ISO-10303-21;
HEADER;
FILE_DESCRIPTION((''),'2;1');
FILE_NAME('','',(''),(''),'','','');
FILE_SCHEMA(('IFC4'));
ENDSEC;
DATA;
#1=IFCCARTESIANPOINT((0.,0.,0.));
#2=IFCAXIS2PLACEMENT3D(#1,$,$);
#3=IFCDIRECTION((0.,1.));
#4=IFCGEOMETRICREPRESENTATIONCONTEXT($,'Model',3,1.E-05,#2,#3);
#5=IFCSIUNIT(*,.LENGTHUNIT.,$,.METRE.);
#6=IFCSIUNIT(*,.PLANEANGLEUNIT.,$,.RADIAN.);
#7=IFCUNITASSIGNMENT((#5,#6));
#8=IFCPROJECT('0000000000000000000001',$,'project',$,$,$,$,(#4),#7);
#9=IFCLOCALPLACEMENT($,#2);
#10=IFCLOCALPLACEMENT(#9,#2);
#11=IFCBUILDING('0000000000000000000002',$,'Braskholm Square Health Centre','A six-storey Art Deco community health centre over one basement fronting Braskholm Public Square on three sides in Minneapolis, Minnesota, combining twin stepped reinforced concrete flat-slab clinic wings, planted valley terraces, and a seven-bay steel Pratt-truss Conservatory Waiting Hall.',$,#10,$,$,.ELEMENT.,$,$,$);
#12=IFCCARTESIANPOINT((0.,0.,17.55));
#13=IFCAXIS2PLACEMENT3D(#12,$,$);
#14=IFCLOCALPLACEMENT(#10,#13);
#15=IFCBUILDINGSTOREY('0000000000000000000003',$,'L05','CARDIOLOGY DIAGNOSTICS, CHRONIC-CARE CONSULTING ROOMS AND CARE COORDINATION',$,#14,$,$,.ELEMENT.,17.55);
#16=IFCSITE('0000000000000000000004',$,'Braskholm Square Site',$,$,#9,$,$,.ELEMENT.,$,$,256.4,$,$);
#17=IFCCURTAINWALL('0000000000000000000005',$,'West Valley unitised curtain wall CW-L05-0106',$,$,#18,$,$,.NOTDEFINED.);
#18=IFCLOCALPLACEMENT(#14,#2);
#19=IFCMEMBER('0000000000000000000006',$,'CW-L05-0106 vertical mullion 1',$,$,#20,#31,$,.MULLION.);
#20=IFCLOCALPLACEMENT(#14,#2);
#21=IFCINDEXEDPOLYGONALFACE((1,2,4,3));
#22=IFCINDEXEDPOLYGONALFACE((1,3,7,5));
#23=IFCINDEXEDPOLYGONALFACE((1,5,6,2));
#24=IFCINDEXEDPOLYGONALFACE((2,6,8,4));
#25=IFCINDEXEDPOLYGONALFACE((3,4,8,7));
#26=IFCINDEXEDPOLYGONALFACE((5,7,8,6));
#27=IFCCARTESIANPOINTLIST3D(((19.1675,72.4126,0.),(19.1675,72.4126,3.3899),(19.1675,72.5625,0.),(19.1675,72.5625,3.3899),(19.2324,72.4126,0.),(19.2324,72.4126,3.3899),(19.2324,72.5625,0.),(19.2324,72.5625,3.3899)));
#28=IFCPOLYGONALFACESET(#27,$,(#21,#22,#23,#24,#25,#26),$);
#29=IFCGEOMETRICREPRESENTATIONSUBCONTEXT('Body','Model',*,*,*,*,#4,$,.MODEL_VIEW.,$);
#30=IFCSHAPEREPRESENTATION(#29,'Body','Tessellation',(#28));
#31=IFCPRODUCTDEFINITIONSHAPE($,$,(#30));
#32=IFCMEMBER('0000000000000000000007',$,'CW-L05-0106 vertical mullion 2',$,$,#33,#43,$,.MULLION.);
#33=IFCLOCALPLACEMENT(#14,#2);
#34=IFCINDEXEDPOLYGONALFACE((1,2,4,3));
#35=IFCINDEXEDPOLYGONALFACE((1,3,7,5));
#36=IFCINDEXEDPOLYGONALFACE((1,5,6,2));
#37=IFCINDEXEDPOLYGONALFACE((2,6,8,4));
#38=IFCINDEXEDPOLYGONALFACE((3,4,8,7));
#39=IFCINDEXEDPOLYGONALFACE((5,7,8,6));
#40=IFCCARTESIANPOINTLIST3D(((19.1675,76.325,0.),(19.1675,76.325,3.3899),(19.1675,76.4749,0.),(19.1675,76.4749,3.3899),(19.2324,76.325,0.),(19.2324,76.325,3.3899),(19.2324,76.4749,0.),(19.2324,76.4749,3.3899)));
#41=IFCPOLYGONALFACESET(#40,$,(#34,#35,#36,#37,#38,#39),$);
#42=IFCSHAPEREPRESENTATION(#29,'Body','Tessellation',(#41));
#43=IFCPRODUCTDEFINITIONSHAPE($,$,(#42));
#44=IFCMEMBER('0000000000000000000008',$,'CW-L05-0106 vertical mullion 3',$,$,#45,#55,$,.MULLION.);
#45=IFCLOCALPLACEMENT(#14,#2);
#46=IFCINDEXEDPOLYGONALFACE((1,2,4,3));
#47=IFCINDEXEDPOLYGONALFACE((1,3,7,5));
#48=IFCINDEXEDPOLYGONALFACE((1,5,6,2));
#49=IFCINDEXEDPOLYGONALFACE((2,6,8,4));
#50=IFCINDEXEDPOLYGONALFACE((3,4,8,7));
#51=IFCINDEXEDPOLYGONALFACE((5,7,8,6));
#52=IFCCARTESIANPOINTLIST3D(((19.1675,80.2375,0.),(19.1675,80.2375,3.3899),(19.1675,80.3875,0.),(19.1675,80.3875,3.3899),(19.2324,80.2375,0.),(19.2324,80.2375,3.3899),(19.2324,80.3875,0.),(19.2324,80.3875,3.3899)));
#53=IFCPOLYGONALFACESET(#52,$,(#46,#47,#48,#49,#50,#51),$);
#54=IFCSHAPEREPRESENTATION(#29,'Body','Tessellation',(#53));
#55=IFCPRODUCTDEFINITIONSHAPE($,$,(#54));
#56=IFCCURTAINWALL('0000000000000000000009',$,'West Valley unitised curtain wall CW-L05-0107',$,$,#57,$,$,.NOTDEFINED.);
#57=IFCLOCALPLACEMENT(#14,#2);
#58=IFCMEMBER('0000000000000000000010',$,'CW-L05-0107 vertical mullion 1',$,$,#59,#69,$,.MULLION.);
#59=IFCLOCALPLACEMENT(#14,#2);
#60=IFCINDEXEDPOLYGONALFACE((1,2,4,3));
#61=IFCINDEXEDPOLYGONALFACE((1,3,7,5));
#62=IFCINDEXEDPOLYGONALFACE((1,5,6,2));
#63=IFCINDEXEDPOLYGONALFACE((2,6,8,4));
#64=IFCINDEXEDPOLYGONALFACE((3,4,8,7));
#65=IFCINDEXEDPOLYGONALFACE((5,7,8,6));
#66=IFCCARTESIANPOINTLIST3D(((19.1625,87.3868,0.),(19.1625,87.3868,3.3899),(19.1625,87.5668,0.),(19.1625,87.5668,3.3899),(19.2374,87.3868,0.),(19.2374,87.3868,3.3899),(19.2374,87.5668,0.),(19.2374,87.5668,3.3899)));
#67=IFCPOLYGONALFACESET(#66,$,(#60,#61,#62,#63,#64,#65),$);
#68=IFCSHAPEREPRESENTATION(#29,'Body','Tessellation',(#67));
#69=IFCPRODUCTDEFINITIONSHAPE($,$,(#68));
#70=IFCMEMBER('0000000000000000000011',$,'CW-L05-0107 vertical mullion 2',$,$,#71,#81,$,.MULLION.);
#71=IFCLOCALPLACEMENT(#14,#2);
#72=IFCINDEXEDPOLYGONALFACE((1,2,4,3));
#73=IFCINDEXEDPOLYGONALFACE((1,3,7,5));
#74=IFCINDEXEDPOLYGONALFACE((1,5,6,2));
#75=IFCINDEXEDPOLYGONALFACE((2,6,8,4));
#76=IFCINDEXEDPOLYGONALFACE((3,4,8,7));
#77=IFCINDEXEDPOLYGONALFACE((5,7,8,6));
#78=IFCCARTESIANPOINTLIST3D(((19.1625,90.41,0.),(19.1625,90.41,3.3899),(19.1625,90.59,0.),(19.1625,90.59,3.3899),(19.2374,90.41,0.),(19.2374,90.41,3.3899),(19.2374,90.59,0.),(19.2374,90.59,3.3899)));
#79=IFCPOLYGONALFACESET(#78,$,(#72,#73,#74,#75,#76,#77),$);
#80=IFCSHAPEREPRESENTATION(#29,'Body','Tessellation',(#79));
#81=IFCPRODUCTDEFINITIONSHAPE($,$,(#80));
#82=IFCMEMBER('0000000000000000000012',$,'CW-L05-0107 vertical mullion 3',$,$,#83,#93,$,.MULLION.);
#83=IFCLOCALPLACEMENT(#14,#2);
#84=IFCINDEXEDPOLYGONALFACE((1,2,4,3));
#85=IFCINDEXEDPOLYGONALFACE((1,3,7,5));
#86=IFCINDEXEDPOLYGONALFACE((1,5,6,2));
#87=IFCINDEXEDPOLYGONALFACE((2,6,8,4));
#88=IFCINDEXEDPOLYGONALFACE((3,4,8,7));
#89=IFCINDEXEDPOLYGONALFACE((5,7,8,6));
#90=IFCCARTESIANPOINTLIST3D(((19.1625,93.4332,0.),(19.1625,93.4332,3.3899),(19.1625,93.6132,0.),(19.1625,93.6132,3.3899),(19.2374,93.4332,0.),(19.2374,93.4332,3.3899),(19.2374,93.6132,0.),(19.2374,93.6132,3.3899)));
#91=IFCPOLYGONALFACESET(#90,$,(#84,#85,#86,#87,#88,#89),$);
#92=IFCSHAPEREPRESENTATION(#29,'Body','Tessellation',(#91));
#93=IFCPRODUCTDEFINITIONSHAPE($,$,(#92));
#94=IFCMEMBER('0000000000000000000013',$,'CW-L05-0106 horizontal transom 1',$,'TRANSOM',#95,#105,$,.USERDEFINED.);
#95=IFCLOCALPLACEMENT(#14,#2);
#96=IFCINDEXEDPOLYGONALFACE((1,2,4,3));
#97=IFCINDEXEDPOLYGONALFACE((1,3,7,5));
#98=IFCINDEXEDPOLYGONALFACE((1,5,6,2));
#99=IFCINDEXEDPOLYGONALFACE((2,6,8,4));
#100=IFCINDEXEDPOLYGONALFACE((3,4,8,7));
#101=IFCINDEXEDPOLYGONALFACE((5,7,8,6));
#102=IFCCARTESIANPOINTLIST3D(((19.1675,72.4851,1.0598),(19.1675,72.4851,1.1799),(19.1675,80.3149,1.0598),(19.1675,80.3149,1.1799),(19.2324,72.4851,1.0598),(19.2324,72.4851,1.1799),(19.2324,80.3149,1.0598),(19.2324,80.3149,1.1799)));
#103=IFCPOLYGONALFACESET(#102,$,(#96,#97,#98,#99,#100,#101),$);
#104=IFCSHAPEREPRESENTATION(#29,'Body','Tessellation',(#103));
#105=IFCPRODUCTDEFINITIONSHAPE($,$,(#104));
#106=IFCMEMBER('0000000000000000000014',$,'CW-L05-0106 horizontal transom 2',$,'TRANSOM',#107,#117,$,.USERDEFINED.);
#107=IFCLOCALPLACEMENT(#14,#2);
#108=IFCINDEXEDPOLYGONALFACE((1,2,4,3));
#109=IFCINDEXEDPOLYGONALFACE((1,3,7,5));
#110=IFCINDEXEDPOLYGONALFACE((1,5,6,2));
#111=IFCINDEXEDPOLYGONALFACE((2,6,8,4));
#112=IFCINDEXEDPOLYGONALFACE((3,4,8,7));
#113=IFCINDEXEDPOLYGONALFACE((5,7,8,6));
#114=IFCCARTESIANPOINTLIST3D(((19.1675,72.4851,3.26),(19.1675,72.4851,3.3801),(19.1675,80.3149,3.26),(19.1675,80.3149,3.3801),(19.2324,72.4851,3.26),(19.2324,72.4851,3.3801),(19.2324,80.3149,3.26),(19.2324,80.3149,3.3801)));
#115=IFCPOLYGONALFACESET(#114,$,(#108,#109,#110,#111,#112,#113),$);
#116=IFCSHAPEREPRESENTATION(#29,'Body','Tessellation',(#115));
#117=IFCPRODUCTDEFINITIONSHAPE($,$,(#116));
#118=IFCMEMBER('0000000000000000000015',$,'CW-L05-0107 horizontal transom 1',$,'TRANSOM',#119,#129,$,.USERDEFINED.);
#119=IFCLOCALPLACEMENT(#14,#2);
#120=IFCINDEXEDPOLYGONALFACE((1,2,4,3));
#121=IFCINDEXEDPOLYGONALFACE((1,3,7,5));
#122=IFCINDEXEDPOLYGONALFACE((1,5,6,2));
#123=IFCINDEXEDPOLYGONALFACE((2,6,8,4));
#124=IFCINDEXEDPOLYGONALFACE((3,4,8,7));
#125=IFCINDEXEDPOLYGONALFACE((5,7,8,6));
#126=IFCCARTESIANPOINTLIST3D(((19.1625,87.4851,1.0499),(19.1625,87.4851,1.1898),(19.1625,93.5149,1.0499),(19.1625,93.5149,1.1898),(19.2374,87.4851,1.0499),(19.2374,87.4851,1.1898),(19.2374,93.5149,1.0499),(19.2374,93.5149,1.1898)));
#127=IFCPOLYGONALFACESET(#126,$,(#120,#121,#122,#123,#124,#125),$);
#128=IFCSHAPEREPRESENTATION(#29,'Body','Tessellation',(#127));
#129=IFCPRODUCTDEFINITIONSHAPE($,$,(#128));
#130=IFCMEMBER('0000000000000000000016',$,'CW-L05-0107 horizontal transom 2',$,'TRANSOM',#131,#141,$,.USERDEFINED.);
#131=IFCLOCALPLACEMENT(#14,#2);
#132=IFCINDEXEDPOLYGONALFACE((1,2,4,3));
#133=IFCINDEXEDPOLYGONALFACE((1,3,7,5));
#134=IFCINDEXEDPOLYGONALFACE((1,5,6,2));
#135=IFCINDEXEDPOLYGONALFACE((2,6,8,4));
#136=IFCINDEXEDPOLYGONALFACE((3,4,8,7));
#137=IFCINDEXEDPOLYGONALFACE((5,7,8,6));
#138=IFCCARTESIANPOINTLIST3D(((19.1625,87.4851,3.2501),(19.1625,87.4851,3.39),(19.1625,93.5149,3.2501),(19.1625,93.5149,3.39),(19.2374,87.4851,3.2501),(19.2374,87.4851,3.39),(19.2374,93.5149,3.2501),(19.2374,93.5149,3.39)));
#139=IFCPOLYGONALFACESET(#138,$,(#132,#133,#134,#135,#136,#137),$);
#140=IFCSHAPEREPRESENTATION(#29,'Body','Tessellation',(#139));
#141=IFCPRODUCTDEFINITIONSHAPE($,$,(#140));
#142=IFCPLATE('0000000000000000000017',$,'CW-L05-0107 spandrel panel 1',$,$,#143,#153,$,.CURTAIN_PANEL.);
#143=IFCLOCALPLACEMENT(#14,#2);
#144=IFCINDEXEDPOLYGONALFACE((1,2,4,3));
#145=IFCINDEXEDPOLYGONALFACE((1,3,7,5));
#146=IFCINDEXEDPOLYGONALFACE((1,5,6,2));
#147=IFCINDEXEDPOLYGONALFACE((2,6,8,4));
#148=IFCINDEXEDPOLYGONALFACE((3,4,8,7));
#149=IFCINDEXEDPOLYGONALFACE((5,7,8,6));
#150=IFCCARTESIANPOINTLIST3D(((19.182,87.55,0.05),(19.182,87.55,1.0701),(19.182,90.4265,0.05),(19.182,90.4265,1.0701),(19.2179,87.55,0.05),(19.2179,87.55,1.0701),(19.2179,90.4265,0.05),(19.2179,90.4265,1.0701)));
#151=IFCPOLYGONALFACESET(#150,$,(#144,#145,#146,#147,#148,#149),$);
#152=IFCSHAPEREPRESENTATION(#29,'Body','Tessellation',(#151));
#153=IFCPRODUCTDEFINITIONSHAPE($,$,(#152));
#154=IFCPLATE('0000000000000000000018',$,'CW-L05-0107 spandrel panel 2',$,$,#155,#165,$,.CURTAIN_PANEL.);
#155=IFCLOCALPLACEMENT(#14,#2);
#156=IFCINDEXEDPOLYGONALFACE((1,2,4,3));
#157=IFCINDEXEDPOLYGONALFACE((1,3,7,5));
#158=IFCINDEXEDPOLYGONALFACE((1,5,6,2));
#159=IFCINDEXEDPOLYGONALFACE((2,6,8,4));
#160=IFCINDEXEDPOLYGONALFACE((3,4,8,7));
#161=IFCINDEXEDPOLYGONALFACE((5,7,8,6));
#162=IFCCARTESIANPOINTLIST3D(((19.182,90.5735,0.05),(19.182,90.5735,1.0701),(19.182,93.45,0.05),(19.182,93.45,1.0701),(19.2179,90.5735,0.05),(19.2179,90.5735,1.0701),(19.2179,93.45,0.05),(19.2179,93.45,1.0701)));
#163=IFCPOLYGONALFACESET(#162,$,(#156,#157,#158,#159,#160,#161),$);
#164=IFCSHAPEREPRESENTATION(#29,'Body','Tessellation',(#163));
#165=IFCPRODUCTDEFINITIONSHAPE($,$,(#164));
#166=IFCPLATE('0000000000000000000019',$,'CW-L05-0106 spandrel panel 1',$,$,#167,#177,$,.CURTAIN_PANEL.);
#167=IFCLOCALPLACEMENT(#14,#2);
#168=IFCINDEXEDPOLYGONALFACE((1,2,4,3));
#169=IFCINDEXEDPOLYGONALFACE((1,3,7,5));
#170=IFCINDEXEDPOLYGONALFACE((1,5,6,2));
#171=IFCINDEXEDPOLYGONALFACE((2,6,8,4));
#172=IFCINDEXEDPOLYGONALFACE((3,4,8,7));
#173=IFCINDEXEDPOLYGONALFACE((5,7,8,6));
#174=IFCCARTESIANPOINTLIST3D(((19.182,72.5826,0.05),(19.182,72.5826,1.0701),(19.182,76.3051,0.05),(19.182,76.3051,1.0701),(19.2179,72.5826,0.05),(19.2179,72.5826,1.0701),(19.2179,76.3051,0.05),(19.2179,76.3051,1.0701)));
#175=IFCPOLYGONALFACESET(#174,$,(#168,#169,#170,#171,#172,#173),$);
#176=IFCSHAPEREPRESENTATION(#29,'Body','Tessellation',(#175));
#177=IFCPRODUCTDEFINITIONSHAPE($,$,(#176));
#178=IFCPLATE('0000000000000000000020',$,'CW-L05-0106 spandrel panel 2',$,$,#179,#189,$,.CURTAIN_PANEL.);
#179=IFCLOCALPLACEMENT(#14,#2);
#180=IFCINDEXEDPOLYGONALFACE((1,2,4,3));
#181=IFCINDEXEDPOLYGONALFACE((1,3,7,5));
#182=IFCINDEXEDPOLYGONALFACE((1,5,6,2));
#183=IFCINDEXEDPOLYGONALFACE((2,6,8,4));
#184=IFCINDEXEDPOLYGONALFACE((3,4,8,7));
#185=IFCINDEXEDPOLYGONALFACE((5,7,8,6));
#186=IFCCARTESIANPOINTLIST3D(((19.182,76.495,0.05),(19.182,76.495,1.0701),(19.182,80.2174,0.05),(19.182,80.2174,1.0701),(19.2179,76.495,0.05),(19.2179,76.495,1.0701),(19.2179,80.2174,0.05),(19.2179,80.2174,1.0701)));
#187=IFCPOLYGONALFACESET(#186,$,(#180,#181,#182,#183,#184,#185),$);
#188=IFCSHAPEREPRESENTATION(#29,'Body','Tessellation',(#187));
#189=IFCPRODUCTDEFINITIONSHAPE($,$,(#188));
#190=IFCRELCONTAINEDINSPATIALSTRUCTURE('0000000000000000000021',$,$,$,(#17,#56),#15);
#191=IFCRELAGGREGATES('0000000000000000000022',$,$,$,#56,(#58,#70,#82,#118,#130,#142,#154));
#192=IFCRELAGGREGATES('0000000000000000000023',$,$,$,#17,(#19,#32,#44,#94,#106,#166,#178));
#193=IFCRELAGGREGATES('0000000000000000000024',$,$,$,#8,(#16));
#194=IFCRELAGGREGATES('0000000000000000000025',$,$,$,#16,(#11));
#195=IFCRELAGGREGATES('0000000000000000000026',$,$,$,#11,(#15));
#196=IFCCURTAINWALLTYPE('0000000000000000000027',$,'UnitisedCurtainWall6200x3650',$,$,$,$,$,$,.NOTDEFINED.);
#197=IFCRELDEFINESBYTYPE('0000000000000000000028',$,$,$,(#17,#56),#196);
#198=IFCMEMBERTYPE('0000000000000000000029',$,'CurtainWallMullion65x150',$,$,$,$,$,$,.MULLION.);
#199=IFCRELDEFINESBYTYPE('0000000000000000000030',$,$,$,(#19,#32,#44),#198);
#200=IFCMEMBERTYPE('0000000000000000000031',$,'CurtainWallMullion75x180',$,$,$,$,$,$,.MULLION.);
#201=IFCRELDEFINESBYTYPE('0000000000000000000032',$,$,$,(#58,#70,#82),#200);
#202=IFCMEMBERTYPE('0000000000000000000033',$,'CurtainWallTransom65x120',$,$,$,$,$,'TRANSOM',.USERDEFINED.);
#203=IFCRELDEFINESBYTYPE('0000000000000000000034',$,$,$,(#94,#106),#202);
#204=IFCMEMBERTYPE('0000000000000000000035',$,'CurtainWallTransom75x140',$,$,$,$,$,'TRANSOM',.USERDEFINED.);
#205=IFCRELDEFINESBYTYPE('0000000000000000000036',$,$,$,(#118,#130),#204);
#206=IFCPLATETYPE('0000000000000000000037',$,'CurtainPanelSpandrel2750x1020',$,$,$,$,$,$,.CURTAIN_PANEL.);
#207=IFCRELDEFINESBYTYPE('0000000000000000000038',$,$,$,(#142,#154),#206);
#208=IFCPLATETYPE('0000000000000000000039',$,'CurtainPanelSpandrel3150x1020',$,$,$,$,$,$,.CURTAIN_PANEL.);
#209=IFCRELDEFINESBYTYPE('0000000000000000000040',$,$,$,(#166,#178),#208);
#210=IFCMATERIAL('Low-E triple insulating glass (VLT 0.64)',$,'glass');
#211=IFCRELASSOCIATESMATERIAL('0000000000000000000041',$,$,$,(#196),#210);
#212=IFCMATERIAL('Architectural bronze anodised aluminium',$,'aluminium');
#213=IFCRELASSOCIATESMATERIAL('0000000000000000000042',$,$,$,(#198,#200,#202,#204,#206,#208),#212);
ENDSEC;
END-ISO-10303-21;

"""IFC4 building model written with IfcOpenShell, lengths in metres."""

from ifc_helpers import new_model, si_unit, direction, frame, origin, origin_2d, place, context, subcontext, project, spatial, rectangle, extrude, material, material_profile, profile_set, type_object, element, aggregate, save


model = new_model("IFC4")

# Units and contexts
model_context = context("Model", 3, precision=1e-05, world=origin(), true_north=direction((0.0, 1.0)))
body_context = subcontext(model_context, "Body", "Model", "MODEL_VIEW")
ifc_project = project(units=[si_unit("LENGTHUNIT", "METRE"), si_unit("PLANEANGLEUNIT", "RADIAN")], contexts=[model_context])

# Site, building, storey
site_placement = place(None, origin())
site = spatial("IfcSite", under=ifc_project, at=site_placement, Name="Braskholm Square Site", CompositionType="ELEMENT", RefElevation=256.4)
building_placement = place(site_placement, origin())
building = spatial("IfcBuilding", under=site, at=building_placement, Name="Braskholm Square Health Centre", Description="A six-storey Art Deco community health centre over one basement fronting Braskholm Public Square on three sides in Minneapolis, Minnesota, combining twin stepped reinforced concrete flat-slab clinic wings, planted valley terraces, and a seven-bay steel Pratt-truss Conservatory Waiting Hall.", CompositionType="ELEMENT")
storey_placement = place(building_placement, frame((0.0, 0.0, 17.55)))
storey = spatial("IfcBuildingStorey", under=building, at=storey_placement, Name="L05", Description="CARDIOLOGY DIAGNOSTICS, CHRONIC-CARE CONSULTING ROOMS AND CARE COORDINATION", CompositionType="ELEMENT", Elevation=17.55)

# Curtain walls, members
ifc_material_1 = material(Name="Low-E triple insulating glass (VLT 0.64)", Category="glass")
curtain_wall_type = type_object("IfcCurtainWallType", Name="UnitisedCurtainWall6200x3650", PredefinedType="NOTDEFINED", material=ifc_material_1)
curtain_wall_1_placement = place(storey_placement, origin())
curtain_wall_1 = element("IfcCurtainWall", 1, at=curtain_wall_1_placement, inside=storey, type_object=curtain_wall_type, Name="West Valley unitised curtain wall CW-L05-0106", PredefinedType="NOTDEFINED")
ifc_material_2 = material(Name="Architectural bronze anodised aluminium", Category="aluminium")
ifc_material_profile_1 = material_profile(ifc_material_2, rectangle(XDim=0.0649, YDim=0.1499, at=origin_2d()), Name="ALU-65X150")
ifc_profile_set_1 = profile_set([ifc_material_profile_1], Name="Architectural bronze anodised aluminium")
member_type_1 = type_object("IfcMemberType", Name="CurtainWallMullion65x150", PredefinedType="MULLION", material=ifc_profile_set_1)
member_1_placement = place(storey_placement, frame((19.2, 72.4875, 0.0), z_axis=(0.0, 0.0, 1.0), x_axis=(1.0, 0.0, 0.0)))
member_1 = element("IfcMember", 2, at=member_1_placement, type_object=member_type_1, Name="CW-L05-0106 vertical mullion 1", PredefinedType="MULLION", context=body_context, shape_type="SweptSolid", body=[
    extrude(rectangle(XDim=0.0649, YDim=0.1499, at=origin_2d()), origin(), (0.0, 0.0, 1.0), 3.3899),
])
member_2_placement = place(storey_placement, frame((19.2, 76.3999, 0.0), z_axis=(0.0, 0.0, 1.0), x_axis=(1.0, 0.0, 0.0)))
member_2 = element("IfcMember", 3, at=member_2_placement, type_object=member_type_1, Name="CW-L05-0106 vertical mullion 2", PredefinedType="MULLION", context=body_context, shape_type="SweptSolid", body=[
    extrude(rectangle(XDim=0.0649, YDim=0.1499, at=origin_2d()), origin(), (0.0, 0.0, 1.0), 3.3899),
])
member_3_placement = place(storey_placement, frame((19.2, 80.3125, 0.0), z_axis=(0.0, 0.0, 1.0), x_axis=(1.0, 0.0, 0.0)))
member_3 = element("IfcMember", 4, at=member_3_placement, type_object=member_type_1, Name="CW-L05-0106 vertical mullion 3", PredefinedType="MULLION", context=body_context, shape_type="SweptSolid", body=[
    extrude(rectangle(XDim=0.0649, YDim=0.1499, at=origin_2d()), origin(), (0.0, 0.0, 1.0), 3.3899),
])
curtain_wall_2_placement = place(storey_placement, origin())
curtain_wall_2 = element("IfcCurtainWall", 5, at=curtain_wall_2_placement, inside=storey, type_object=curtain_wall_type, Name="West Valley unitised curtain wall CW-L05-0107", PredefinedType="NOTDEFINED")
ifc_material_profile_2 = material_profile(ifc_material_2, rectangle(XDim=0.075, YDim=0.1799, at=origin_2d()), Name="ALU-75X180")
ifc_profile_set_2 = profile_set([ifc_material_profile_2], Name="Architectural bronze anodised aluminium")
member_type_2 = type_object("IfcMemberType", Name="CurtainWallMullion75x180", PredefinedType="MULLION", material=ifc_profile_set_2)
member_4_placement = place(storey_placement, frame((19.2, 87.4768, 0.0), z_axis=(0.0, 0.0, 1.0), x_axis=(1.0, 0.0, 0.0)))
member_4 = element("IfcMember", 6, at=member_4_placement, type_object=member_type_2, Name="CW-L05-0107 vertical mullion 1", PredefinedType="MULLION", context=body_context, shape_type="SweptSolid", body=[
    extrude(rectangle(XDim=0.075, YDim=0.1799, at=origin_2d()), origin(), (0.0, 0.0, 1.0), 3.3899),
])
member_5_placement = place(storey_placement, frame((19.2, 90.5, 0.0), z_axis=(0.0, 0.0, 1.0), x_axis=(1.0, 0.0, 0.0)))
member_5 = element("IfcMember", 7, at=member_5_placement, type_object=member_type_2, Name="CW-L05-0107 vertical mullion 2", PredefinedType="MULLION", context=body_context, shape_type="SweptSolid", body=[
    extrude(rectangle(XDim=0.075, YDim=0.1799, at=origin_2d()), origin(), (0.0, 0.0, 1.0), 3.3899),
])
member_6_placement = place(storey_placement, frame((19.2, 93.5232, 0.0), z_axis=(0.0, 0.0, 1.0), x_axis=(1.0, 0.0, 0.0)))
member_6 = element("IfcMember", 8, at=member_6_placement, type_object=member_type_2, Name="CW-L05-0107 vertical mullion 3", PredefinedType="MULLION", context=body_context, shape_type="SweptSolid", body=[
    extrude(rectangle(XDim=0.075, YDim=0.1799, at=origin_2d()), origin(), (0.0, 0.0, 1.0), 3.3899),
])

# Members
ifc_material_profile_3 = material_profile(ifc_material_2, rectangle(XDim=0.0649, YDim=0.1201, at=origin_2d()), Name="ALU-65X120")
ifc_profile_set_3 = profile_set([ifc_material_profile_3], Name="Architectural bronze anodised aluminium")
member_type_3 = type_object("IfcMemberType", Name="CurtainWallTransom65x120", ElementType="TRANSOM", PredefinedType="USERDEFINED", material=ifc_profile_set_3)
member_7_placement = place(storey_placement, frame((19.2, 72.4851, 1.1199), z_axis=(0.0, 1.0, 0.0), x_axis=(-1.0, 0.0, 0.0)))
member_7 = element("IfcMember", 9, at=member_7_placement, type_object=member_type_3, Name="CW-L05-0106 horizontal transom 1", ObjectType="TRANSOM", PredefinedType="USERDEFINED", context=body_context, shape_type="SweptSolid", body=[
    extrude(rectangle(XDim=0.0649, YDim=0.1201, at=origin_2d()), origin(), (0.0, 0.0, 1.0), 7.8298),
])
member_8_placement = place(storey_placement, frame((19.2, 72.4851, 3.3201), z_axis=(0.0, 1.0, 0.0), x_axis=(-1.0, 0.0, 0.0)))
member_8 = element("IfcMember", 10, at=member_8_placement, type_object=member_type_3, Name="CW-L05-0106 horizontal transom 2", ObjectType="TRANSOM", PredefinedType="USERDEFINED", context=body_context, shape_type="SweptSolid", body=[
    extrude(rectangle(XDim=0.0649, YDim=0.1201, at=origin_2d()), origin(), (0.0, 0.0, 1.0), 7.8298),
])
ifc_material_profile_4 = material_profile(ifc_material_2, rectangle(XDim=0.075, YDim=0.1399, at=origin_2d()), Name="ALU-75X140")
ifc_profile_set_4 = profile_set([ifc_material_profile_4], Name="Architectural bronze anodised aluminium")
member_type_4 = type_object("IfcMemberType", Name="CurtainWallTransom75x140", ElementType="TRANSOM", PredefinedType="USERDEFINED", material=ifc_profile_set_4)
member_9_placement = place(storey_placement, frame((19.2, 87.4851, 1.1199), z_axis=(0.0, 1.0, 0.0), x_axis=(-1.0, 0.0, 0.0)))
member_9 = element("IfcMember", 11, at=member_9_placement, type_object=member_type_4, Name="CW-L05-0107 horizontal transom 1", ObjectType="TRANSOM", PredefinedType="USERDEFINED", context=body_context, shape_type="SweptSolid", body=[
    extrude(rectangle(XDim=0.075, YDim=0.1399, at=origin_2d()), origin(), (0.0, 0.0, 1.0), 6.0298),
])
member_10_placement = place(storey_placement, frame((19.2, 87.4851, 3.3201), z_axis=(0.0, 1.0, 0.0), x_axis=(-1.0, 0.0, 0.0)))
member_10 = element("IfcMember", 12, at=member_10_placement, type_object=member_type_4, Name="CW-L05-0107 horizontal transom 2", ObjectType="TRANSOM", PredefinedType="USERDEFINED", context=body_context, shape_type="SweptSolid", body=[
    extrude(rectangle(XDim=0.075, YDim=0.1399, at=origin_2d()), origin(), (0.0, 0.0, 1.0), 6.0298),
])

# Plates
plate_type_1 = type_object("IfcPlateType", Name="CurtainPanelSpandrel2750x1020", PredefinedType="CURTAIN_PANEL", material=ifc_material_2)
plate_1_placement = place(storey_placement, frame((19.2, 88.9883, 0.05), z_axis=(0.0, 0.0, 1.0), x_axis=(0.0, 1.0, 0.0)))
plate_1 = element("IfcPlate", 13, at=plate_1_placement, type_object=plate_type_1, Name="CW-L05-0107 spandrel panel 1", PredefinedType="CURTAIN_PANEL", context=body_context, shape_type="SweptSolid", body=[
    extrude(rectangle(XDim=2.8765, YDim=0.0359, at=origin_2d()), origin(), (0.0, 0.0, 1.0), 1.02),
])
plate_2_placement = place(storey_placement, frame((19.2, 92.0117, 0.05), z_axis=(0.0, 0.0, 1.0), x_axis=(0.0, 1.0, 0.0)))
plate_2 = element("IfcPlate", 14, at=plate_2_placement, type_object=plate_type_1, Name="CW-L05-0107 spandrel panel 2", PredefinedType="CURTAIN_PANEL", context=body_context, shape_type="SweptSolid", body=[
    extrude(rectangle(XDim=2.8765, YDim=0.0359, at=origin_2d()), origin(), (0.0, 0.0, 1.0), 1.02),
])
plate_type_2 = type_object("IfcPlateType", Name="CurtainPanelSpandrel3150x1020", PredefinedType="CURTAIN_PANEL", material=ifc_material_2)
plate_3_placement = place(storey_placement, frame((19.2, 74.4438, 0.05), z_axis=(0.0, 0.0, 1.0), x_axis=(0.0, 1.0, 0.0)))
plate_3 = element("IfcPlate", 15, at=plate_3_placement, type_object=plate_type_2, Name="CW-L05-0106 spandrel panel 1", PredefinedType="CURTAIN_PANEL", context=body_context, shape_type="SweptSolid", body=[
    extrude(rectangle(XDim=3.7224, YDim=0.0359, at=origin_2d()), origin(), (0.0, 0.0, 1.0), 1.02),
])
plate_4_placement = place(storey_placement, frame((19.2, 78.3562, 0.05), z_axis=(0.0, 0.0, 1.0), x_axis=(0.0, 1.0, 0.0)))
plate_4 = element("IfcPlate", 16, at=plate_4_placement, type_object=plate_type_2, Name="CW-L05-0106 spandrel panel 2", PredefinedType="CURTAIN_PANEL", context=body_context, shape_type="SweptSolid", body=[
    extrude(rectangle(XDim=3.7224, YDim=0.0359, at=origin_2d()), origin(), (0.0, 0.0, 1.0), 1.02),
])
aggregate(curtain_wall_2, [member_4, member_5, member_6, member_9, member_10, plate_1, plate_2])
aggregate(curtain_wall_1, [member_1, member_2, member_3, member_7, member_8, plate_3, plate_4])

save(model, "model.ifc")
